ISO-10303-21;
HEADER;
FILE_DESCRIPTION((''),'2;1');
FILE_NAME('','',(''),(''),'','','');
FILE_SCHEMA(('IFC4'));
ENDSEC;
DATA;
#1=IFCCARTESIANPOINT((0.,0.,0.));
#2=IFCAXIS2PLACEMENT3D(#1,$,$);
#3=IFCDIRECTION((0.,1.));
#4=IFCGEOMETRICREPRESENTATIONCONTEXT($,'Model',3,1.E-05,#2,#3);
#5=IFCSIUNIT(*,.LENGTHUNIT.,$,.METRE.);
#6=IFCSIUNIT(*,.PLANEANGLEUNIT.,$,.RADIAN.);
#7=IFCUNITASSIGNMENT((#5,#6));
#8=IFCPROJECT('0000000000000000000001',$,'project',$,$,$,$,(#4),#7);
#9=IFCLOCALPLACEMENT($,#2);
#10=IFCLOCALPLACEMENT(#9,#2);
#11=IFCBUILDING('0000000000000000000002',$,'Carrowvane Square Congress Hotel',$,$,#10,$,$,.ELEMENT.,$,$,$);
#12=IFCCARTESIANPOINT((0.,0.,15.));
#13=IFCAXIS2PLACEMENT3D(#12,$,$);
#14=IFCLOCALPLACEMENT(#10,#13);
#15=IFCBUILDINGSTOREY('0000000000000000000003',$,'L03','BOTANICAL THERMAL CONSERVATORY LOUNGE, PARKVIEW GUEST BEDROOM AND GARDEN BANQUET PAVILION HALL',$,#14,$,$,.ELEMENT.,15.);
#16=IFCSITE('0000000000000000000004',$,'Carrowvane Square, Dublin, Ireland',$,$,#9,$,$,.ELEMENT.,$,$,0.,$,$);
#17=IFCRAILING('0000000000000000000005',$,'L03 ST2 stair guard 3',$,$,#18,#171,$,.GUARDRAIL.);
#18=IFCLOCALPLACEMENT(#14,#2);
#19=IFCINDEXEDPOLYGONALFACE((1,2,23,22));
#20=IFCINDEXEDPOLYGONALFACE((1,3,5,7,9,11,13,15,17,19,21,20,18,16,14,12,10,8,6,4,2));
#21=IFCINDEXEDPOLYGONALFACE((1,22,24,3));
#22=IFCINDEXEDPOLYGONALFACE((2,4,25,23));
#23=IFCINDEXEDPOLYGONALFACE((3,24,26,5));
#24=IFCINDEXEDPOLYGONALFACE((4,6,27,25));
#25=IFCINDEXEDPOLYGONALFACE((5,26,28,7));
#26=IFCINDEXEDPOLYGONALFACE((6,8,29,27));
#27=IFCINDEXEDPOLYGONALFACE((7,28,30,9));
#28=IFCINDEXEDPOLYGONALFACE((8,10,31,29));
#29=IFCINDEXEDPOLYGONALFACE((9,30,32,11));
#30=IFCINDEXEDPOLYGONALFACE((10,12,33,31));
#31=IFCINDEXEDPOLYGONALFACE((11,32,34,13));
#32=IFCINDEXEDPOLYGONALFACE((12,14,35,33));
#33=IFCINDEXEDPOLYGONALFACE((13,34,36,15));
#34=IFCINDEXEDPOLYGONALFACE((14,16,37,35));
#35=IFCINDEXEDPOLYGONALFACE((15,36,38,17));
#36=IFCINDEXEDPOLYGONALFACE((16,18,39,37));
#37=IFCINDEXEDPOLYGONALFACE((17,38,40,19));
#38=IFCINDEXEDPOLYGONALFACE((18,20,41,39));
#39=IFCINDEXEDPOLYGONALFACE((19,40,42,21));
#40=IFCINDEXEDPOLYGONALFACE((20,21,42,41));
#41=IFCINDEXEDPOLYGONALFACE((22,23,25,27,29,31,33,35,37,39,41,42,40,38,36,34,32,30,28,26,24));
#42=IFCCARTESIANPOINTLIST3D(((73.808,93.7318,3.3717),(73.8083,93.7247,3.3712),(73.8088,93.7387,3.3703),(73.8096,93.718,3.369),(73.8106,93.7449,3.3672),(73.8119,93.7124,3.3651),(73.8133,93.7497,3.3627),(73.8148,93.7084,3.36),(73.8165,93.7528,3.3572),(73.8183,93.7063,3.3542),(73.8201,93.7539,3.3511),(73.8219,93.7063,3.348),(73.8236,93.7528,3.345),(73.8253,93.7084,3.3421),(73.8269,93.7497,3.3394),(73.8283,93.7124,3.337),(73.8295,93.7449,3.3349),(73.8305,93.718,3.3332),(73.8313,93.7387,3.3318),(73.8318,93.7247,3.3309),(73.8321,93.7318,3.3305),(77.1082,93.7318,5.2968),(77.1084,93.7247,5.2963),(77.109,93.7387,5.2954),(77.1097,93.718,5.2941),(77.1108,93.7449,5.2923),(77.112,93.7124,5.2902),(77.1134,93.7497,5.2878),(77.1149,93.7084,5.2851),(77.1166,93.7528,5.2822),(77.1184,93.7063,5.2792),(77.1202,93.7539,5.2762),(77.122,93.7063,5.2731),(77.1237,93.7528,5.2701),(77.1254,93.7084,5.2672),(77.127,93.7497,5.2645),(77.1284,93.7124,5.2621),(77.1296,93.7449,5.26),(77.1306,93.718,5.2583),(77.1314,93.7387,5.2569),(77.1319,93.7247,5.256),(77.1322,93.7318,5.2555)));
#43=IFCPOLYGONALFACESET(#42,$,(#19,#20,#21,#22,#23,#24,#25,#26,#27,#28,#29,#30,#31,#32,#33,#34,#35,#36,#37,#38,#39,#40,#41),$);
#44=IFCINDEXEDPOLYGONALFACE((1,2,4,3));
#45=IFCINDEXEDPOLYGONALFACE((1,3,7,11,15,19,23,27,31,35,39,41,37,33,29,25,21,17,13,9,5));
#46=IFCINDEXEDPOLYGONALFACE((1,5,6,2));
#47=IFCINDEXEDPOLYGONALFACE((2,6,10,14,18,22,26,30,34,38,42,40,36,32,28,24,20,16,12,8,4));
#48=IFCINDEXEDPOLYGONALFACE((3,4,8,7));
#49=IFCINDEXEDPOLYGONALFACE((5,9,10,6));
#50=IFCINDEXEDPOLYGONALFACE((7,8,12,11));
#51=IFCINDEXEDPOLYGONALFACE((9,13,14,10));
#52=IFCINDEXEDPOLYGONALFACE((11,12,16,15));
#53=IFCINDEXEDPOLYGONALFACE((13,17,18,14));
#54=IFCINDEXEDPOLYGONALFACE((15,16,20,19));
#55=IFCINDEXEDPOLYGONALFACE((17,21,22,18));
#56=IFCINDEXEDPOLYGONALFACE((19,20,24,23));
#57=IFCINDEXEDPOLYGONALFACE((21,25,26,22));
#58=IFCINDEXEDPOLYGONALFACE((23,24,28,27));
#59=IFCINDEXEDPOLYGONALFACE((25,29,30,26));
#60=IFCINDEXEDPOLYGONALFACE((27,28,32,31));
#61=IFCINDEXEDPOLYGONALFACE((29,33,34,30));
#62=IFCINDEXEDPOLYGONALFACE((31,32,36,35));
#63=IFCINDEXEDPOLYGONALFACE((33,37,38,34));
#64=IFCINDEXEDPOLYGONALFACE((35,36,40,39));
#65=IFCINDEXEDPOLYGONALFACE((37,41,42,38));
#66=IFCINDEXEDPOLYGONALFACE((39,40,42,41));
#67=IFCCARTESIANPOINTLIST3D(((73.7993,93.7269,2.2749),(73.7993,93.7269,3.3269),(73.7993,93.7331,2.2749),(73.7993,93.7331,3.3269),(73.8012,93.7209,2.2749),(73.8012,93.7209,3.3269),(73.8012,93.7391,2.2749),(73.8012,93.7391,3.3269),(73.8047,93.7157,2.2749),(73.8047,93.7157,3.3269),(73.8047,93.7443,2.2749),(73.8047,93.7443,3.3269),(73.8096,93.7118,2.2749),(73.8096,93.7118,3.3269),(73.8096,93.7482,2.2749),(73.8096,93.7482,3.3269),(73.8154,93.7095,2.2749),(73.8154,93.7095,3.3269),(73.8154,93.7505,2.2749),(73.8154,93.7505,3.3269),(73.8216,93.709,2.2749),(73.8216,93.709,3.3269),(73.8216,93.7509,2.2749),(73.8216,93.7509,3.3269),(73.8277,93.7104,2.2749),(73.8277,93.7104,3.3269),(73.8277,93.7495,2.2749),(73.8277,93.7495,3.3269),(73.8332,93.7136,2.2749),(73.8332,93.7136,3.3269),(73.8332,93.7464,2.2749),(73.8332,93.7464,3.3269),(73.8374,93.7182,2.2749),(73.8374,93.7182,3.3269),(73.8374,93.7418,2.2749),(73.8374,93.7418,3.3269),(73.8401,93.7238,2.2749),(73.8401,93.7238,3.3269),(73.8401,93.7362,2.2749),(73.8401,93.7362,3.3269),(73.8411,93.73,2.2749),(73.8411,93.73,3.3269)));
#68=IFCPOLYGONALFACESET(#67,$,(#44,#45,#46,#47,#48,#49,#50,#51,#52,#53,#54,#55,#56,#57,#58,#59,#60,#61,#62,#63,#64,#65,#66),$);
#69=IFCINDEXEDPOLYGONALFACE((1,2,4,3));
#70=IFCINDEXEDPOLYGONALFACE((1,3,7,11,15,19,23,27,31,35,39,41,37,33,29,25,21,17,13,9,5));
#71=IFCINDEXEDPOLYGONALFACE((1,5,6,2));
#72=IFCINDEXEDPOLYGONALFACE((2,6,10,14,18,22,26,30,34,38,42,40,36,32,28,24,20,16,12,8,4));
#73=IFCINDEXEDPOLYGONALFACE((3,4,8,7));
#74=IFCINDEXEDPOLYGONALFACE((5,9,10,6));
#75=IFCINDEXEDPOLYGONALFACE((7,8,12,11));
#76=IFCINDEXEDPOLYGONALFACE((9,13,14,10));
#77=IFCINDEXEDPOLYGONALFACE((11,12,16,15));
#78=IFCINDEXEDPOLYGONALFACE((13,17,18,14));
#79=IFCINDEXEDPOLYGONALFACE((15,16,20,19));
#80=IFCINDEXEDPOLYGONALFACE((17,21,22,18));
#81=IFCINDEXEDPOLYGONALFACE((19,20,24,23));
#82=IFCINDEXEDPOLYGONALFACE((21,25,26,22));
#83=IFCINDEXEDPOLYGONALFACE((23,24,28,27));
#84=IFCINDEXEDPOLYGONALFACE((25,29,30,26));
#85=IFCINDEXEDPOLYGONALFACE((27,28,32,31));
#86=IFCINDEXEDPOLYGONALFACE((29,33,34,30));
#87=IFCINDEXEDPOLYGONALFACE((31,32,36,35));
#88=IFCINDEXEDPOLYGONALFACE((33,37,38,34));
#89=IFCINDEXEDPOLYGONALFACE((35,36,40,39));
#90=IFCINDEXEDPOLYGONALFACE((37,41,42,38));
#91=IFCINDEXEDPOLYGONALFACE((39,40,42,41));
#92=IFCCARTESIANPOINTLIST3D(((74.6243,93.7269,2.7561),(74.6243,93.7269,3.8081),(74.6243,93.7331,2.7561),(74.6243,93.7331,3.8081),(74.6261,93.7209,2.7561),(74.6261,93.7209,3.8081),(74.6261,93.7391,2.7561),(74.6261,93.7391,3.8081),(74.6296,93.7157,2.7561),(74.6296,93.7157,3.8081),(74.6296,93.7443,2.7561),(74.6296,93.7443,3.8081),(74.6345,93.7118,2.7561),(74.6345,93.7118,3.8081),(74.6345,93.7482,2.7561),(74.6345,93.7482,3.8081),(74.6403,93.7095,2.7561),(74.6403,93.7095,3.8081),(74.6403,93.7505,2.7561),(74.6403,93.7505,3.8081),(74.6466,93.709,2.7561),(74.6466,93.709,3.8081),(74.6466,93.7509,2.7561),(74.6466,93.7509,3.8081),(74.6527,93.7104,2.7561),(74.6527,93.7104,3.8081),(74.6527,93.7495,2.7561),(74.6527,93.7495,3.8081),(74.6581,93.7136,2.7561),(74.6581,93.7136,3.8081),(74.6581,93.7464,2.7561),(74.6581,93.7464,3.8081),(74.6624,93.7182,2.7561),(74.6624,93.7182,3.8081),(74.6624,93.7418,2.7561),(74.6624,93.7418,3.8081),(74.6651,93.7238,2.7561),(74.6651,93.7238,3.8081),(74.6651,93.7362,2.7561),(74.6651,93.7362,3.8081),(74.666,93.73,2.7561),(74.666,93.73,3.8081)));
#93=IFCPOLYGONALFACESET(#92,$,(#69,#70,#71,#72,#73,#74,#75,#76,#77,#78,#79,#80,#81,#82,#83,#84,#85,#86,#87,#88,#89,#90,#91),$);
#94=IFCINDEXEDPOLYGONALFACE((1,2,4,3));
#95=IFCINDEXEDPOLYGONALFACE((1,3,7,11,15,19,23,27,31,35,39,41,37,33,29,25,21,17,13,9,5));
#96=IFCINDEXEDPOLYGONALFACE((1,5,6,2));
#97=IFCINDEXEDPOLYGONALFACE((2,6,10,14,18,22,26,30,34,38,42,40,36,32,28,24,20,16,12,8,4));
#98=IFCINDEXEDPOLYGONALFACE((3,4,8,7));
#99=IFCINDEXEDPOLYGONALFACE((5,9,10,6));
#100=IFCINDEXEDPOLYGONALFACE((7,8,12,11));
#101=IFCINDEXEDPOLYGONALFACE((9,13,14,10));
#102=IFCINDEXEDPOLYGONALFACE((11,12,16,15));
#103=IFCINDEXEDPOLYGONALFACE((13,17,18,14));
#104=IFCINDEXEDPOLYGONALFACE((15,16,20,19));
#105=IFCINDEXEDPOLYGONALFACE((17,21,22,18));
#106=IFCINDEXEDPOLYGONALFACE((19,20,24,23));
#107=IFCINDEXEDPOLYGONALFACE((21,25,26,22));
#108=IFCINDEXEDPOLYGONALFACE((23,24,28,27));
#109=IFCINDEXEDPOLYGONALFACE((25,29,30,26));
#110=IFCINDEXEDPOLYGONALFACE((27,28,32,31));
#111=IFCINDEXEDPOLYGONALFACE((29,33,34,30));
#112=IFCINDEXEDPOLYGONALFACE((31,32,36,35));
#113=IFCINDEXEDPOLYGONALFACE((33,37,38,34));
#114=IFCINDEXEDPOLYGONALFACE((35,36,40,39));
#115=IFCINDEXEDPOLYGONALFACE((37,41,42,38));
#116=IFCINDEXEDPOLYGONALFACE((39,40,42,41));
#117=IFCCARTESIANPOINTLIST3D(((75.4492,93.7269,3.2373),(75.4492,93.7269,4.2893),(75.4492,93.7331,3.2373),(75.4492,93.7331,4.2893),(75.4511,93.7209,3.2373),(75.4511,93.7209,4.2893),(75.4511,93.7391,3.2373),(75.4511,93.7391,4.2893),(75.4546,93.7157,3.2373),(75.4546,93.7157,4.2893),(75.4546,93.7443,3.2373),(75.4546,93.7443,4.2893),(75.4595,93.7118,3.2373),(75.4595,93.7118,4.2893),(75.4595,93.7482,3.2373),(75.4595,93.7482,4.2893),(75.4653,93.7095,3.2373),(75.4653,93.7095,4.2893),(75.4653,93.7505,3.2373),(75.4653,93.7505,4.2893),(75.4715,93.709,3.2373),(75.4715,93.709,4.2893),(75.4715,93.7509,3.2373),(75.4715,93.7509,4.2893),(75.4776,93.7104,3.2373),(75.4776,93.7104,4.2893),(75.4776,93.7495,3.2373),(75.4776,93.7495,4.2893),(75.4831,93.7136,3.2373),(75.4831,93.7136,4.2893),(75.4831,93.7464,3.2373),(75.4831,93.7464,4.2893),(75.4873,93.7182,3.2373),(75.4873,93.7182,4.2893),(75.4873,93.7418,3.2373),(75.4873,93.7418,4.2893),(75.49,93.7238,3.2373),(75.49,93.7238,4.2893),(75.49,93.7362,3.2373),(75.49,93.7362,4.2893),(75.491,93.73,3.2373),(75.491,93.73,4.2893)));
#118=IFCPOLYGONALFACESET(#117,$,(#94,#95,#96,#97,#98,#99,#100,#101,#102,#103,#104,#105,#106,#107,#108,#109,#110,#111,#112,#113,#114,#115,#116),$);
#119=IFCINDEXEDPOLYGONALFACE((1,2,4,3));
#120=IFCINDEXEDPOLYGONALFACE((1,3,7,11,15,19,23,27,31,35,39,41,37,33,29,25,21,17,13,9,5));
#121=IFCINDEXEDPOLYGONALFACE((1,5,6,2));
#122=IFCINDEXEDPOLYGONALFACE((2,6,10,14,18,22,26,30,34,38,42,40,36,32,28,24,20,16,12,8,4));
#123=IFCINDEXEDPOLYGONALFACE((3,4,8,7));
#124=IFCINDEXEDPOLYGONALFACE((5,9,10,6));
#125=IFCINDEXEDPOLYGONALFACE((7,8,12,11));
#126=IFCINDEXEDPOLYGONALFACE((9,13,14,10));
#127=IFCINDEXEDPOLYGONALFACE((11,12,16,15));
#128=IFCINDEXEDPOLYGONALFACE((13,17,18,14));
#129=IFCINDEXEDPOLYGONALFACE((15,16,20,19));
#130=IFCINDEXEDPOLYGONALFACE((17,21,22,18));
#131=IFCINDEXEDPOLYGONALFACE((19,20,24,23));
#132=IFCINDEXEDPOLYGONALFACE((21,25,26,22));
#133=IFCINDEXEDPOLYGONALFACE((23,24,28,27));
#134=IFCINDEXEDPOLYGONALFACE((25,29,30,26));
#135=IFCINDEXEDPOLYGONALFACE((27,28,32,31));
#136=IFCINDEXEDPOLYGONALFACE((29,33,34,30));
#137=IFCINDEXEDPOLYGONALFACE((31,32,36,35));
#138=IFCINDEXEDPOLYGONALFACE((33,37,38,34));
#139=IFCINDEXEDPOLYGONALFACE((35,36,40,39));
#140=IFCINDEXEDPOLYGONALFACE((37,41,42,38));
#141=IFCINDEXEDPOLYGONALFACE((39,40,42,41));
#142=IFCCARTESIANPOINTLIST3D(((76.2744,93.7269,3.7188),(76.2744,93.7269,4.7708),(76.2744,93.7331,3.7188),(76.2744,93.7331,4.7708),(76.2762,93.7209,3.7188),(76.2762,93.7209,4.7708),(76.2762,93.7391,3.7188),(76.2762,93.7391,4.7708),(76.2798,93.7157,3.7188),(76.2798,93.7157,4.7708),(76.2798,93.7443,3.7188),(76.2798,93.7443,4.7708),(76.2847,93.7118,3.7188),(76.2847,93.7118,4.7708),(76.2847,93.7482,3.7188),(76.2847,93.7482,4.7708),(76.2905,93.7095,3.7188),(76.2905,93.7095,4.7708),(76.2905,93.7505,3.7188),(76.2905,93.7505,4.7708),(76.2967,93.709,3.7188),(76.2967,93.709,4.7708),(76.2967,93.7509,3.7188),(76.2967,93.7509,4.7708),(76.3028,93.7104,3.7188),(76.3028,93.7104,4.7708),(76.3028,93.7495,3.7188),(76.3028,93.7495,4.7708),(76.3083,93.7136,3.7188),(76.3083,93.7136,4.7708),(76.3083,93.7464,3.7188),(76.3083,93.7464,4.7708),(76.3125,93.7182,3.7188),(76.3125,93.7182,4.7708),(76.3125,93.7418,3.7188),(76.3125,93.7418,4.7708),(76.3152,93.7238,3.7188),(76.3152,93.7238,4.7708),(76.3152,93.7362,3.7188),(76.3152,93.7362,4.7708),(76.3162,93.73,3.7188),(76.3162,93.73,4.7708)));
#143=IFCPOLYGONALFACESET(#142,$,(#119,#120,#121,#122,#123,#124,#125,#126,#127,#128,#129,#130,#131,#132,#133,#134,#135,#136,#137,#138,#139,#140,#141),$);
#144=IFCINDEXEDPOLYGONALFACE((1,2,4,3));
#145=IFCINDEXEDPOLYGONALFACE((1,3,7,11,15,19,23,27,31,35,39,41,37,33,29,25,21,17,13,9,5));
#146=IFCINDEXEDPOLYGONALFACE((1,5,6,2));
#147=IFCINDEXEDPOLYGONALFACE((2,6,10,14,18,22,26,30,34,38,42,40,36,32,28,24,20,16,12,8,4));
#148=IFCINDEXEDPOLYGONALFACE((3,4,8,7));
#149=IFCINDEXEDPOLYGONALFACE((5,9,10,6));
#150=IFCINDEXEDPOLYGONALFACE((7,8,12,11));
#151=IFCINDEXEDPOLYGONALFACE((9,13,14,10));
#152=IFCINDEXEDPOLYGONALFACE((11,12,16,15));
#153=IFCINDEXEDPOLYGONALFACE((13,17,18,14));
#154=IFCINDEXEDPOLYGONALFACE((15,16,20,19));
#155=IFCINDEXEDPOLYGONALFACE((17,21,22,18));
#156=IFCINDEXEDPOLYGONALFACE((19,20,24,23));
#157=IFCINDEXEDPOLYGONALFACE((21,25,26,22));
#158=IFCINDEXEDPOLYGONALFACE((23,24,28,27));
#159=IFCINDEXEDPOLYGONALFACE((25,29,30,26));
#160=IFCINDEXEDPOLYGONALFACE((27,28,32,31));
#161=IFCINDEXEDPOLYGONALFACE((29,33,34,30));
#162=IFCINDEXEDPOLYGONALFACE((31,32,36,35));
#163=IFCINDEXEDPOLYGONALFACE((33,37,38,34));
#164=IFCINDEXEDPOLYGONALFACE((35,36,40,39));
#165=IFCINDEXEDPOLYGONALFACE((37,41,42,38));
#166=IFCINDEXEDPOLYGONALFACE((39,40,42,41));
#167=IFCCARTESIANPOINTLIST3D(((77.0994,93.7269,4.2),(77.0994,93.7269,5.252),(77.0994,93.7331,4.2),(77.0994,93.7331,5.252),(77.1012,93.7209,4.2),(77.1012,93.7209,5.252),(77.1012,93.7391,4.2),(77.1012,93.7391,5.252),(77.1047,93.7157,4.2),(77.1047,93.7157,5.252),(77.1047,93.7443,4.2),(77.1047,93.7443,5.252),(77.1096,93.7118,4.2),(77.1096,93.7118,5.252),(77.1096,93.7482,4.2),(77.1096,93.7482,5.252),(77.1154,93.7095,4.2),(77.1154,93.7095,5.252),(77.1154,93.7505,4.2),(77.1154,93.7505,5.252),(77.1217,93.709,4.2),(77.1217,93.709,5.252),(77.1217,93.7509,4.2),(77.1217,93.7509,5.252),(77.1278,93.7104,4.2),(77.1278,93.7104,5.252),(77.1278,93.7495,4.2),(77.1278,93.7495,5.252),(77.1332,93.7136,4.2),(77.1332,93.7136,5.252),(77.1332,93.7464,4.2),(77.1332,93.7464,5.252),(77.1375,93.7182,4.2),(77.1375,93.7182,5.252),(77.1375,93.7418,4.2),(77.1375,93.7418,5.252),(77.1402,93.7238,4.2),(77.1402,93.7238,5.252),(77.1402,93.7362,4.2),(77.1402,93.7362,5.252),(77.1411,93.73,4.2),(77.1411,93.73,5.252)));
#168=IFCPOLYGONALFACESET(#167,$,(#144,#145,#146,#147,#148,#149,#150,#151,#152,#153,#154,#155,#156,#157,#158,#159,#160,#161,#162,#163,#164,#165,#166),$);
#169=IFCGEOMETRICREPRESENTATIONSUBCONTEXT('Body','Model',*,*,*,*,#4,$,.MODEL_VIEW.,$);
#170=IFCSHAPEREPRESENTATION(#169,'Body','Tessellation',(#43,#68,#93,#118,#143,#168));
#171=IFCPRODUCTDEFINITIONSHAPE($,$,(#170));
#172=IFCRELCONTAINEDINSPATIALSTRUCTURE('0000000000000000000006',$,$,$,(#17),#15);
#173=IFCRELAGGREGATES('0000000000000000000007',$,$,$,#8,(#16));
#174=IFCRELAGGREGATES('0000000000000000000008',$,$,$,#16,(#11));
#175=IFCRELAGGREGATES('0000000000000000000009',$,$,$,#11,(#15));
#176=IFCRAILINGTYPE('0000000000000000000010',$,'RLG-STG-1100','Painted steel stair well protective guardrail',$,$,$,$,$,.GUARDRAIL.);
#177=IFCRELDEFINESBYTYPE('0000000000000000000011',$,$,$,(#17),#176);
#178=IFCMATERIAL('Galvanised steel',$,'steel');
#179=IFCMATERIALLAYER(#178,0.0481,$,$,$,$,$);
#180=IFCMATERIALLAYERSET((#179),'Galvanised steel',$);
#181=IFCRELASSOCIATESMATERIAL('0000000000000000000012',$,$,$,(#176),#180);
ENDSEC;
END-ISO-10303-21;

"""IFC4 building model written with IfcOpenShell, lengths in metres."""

from ifc_helpers import new_model, si_unit, direction, frame, origin, origin_2d, place, context, subcontext, project, spatial, circle, extrude, material, layer, layer_set, type_object, element, save


model = new_model("IFC4")

# Units and contexts
model_context = context("Model", 3, precision=1e-05, world=origin(), true_north=direction((0.0, 1.0)))
body_context = subcontext(model_context, "Body", "Model", "MODEL_VIEW")
ifc_project = project(units=[si_unit("LENGTHUNIT", "METRE"), si_unit("PLANEANGLEUNIT", "RADIAN")], contexts=[model_context])

# Site, building, storey
site_placement = place(None, origin())
site = spatial("IfcSite", under=ifc_project, at=site_placement, Name="Carrowvane Square, Dublin, Ireland", CompositionType="ELEMENT", RefElevation=0.0)
building_placement = place(site_placement, origin())
building = spatial("IfcBuilding", under=site, at=building_placement, Name="Carrowvane Square Congress Hotel", CompositionType="ELEMENT")
storey_placement = place(building_placement, frame((0.0, 0.0, 15.0)))
storey = spatial("IfcBuildingStorey", under=building, at=storey_placement, Name="L03", Description="BOTANICAL THERMAL CONSERVATORY LOUNGE, PARKVIEW GUEST BEDROOM AND GARDEN BANQUET PAVILION HALL", CompositionType="ELEMENT", Elevation=15.0)

# Railing
ifc_material_1 = material(Name="Galvanised steel", Category="steel")
ifc_layer_1 = layer(ifc_material_1, 0.0481)
ifc_layer_set_1 = layer_set([ifc_layer_1], Name="Galvanised steel")
railing_type_1 = type_object("IfcRailingType", Name="RLG-STG-1100", Description="Painted steel stair well protective guardrail", PredefinedType="GUARDRAIL", material=ifc_layer_set_1)
railing_1_placement = place(storey_placement, frame((73.8201, 93.73, 2.2749)))
element("IfcRailing", 1, at=railing_1_placement, inside=storey, type_object=railing_type_1, Name="L03 ST2 stair guard 3", PredefinedType="GUARDRAIL", context=body_context, shape_type="SweptSolid", body=[
    extrude(circle(Radius=0.0239, at=origin_2d()), frame((0.0, 0.0, 1.0762), z_axis=(0.863777, 0.0, 0.503875), x_axis=(0.0, 1.0, 0.0)), (0.0, 0.0, 1.0), 3.8206),
    extrude(circle(Radius=0.021, at=origin_2d()), origin(), (0.0, 0.0, 1.0), 1.052),
    extrude(circle(Radius=0.021, at=origin_2d()), frame((0.825, 0.0, 0.4812)), (0.0, 0.0, 1.0), 1.052),
    extrude(circle(Radius=0.021, at=origin_2d()), frame((1.6499, 0.0, 0.9624)), (0.0, 0.0, 1.0), 1.052),
    extrude(circle(Radius=0.021, at=origin_2d()), frame((2.4751, 0.0, 1.4438)), (0.0, 0.0, 1.0), 1.052),
    extrude(circle(Radius=0.021, at=origin_2d()), frame((3.3, 0.0, 1.925)), (0.0, 0.0, 1.0), 1.052),
])

save(model, "model.ifc")
